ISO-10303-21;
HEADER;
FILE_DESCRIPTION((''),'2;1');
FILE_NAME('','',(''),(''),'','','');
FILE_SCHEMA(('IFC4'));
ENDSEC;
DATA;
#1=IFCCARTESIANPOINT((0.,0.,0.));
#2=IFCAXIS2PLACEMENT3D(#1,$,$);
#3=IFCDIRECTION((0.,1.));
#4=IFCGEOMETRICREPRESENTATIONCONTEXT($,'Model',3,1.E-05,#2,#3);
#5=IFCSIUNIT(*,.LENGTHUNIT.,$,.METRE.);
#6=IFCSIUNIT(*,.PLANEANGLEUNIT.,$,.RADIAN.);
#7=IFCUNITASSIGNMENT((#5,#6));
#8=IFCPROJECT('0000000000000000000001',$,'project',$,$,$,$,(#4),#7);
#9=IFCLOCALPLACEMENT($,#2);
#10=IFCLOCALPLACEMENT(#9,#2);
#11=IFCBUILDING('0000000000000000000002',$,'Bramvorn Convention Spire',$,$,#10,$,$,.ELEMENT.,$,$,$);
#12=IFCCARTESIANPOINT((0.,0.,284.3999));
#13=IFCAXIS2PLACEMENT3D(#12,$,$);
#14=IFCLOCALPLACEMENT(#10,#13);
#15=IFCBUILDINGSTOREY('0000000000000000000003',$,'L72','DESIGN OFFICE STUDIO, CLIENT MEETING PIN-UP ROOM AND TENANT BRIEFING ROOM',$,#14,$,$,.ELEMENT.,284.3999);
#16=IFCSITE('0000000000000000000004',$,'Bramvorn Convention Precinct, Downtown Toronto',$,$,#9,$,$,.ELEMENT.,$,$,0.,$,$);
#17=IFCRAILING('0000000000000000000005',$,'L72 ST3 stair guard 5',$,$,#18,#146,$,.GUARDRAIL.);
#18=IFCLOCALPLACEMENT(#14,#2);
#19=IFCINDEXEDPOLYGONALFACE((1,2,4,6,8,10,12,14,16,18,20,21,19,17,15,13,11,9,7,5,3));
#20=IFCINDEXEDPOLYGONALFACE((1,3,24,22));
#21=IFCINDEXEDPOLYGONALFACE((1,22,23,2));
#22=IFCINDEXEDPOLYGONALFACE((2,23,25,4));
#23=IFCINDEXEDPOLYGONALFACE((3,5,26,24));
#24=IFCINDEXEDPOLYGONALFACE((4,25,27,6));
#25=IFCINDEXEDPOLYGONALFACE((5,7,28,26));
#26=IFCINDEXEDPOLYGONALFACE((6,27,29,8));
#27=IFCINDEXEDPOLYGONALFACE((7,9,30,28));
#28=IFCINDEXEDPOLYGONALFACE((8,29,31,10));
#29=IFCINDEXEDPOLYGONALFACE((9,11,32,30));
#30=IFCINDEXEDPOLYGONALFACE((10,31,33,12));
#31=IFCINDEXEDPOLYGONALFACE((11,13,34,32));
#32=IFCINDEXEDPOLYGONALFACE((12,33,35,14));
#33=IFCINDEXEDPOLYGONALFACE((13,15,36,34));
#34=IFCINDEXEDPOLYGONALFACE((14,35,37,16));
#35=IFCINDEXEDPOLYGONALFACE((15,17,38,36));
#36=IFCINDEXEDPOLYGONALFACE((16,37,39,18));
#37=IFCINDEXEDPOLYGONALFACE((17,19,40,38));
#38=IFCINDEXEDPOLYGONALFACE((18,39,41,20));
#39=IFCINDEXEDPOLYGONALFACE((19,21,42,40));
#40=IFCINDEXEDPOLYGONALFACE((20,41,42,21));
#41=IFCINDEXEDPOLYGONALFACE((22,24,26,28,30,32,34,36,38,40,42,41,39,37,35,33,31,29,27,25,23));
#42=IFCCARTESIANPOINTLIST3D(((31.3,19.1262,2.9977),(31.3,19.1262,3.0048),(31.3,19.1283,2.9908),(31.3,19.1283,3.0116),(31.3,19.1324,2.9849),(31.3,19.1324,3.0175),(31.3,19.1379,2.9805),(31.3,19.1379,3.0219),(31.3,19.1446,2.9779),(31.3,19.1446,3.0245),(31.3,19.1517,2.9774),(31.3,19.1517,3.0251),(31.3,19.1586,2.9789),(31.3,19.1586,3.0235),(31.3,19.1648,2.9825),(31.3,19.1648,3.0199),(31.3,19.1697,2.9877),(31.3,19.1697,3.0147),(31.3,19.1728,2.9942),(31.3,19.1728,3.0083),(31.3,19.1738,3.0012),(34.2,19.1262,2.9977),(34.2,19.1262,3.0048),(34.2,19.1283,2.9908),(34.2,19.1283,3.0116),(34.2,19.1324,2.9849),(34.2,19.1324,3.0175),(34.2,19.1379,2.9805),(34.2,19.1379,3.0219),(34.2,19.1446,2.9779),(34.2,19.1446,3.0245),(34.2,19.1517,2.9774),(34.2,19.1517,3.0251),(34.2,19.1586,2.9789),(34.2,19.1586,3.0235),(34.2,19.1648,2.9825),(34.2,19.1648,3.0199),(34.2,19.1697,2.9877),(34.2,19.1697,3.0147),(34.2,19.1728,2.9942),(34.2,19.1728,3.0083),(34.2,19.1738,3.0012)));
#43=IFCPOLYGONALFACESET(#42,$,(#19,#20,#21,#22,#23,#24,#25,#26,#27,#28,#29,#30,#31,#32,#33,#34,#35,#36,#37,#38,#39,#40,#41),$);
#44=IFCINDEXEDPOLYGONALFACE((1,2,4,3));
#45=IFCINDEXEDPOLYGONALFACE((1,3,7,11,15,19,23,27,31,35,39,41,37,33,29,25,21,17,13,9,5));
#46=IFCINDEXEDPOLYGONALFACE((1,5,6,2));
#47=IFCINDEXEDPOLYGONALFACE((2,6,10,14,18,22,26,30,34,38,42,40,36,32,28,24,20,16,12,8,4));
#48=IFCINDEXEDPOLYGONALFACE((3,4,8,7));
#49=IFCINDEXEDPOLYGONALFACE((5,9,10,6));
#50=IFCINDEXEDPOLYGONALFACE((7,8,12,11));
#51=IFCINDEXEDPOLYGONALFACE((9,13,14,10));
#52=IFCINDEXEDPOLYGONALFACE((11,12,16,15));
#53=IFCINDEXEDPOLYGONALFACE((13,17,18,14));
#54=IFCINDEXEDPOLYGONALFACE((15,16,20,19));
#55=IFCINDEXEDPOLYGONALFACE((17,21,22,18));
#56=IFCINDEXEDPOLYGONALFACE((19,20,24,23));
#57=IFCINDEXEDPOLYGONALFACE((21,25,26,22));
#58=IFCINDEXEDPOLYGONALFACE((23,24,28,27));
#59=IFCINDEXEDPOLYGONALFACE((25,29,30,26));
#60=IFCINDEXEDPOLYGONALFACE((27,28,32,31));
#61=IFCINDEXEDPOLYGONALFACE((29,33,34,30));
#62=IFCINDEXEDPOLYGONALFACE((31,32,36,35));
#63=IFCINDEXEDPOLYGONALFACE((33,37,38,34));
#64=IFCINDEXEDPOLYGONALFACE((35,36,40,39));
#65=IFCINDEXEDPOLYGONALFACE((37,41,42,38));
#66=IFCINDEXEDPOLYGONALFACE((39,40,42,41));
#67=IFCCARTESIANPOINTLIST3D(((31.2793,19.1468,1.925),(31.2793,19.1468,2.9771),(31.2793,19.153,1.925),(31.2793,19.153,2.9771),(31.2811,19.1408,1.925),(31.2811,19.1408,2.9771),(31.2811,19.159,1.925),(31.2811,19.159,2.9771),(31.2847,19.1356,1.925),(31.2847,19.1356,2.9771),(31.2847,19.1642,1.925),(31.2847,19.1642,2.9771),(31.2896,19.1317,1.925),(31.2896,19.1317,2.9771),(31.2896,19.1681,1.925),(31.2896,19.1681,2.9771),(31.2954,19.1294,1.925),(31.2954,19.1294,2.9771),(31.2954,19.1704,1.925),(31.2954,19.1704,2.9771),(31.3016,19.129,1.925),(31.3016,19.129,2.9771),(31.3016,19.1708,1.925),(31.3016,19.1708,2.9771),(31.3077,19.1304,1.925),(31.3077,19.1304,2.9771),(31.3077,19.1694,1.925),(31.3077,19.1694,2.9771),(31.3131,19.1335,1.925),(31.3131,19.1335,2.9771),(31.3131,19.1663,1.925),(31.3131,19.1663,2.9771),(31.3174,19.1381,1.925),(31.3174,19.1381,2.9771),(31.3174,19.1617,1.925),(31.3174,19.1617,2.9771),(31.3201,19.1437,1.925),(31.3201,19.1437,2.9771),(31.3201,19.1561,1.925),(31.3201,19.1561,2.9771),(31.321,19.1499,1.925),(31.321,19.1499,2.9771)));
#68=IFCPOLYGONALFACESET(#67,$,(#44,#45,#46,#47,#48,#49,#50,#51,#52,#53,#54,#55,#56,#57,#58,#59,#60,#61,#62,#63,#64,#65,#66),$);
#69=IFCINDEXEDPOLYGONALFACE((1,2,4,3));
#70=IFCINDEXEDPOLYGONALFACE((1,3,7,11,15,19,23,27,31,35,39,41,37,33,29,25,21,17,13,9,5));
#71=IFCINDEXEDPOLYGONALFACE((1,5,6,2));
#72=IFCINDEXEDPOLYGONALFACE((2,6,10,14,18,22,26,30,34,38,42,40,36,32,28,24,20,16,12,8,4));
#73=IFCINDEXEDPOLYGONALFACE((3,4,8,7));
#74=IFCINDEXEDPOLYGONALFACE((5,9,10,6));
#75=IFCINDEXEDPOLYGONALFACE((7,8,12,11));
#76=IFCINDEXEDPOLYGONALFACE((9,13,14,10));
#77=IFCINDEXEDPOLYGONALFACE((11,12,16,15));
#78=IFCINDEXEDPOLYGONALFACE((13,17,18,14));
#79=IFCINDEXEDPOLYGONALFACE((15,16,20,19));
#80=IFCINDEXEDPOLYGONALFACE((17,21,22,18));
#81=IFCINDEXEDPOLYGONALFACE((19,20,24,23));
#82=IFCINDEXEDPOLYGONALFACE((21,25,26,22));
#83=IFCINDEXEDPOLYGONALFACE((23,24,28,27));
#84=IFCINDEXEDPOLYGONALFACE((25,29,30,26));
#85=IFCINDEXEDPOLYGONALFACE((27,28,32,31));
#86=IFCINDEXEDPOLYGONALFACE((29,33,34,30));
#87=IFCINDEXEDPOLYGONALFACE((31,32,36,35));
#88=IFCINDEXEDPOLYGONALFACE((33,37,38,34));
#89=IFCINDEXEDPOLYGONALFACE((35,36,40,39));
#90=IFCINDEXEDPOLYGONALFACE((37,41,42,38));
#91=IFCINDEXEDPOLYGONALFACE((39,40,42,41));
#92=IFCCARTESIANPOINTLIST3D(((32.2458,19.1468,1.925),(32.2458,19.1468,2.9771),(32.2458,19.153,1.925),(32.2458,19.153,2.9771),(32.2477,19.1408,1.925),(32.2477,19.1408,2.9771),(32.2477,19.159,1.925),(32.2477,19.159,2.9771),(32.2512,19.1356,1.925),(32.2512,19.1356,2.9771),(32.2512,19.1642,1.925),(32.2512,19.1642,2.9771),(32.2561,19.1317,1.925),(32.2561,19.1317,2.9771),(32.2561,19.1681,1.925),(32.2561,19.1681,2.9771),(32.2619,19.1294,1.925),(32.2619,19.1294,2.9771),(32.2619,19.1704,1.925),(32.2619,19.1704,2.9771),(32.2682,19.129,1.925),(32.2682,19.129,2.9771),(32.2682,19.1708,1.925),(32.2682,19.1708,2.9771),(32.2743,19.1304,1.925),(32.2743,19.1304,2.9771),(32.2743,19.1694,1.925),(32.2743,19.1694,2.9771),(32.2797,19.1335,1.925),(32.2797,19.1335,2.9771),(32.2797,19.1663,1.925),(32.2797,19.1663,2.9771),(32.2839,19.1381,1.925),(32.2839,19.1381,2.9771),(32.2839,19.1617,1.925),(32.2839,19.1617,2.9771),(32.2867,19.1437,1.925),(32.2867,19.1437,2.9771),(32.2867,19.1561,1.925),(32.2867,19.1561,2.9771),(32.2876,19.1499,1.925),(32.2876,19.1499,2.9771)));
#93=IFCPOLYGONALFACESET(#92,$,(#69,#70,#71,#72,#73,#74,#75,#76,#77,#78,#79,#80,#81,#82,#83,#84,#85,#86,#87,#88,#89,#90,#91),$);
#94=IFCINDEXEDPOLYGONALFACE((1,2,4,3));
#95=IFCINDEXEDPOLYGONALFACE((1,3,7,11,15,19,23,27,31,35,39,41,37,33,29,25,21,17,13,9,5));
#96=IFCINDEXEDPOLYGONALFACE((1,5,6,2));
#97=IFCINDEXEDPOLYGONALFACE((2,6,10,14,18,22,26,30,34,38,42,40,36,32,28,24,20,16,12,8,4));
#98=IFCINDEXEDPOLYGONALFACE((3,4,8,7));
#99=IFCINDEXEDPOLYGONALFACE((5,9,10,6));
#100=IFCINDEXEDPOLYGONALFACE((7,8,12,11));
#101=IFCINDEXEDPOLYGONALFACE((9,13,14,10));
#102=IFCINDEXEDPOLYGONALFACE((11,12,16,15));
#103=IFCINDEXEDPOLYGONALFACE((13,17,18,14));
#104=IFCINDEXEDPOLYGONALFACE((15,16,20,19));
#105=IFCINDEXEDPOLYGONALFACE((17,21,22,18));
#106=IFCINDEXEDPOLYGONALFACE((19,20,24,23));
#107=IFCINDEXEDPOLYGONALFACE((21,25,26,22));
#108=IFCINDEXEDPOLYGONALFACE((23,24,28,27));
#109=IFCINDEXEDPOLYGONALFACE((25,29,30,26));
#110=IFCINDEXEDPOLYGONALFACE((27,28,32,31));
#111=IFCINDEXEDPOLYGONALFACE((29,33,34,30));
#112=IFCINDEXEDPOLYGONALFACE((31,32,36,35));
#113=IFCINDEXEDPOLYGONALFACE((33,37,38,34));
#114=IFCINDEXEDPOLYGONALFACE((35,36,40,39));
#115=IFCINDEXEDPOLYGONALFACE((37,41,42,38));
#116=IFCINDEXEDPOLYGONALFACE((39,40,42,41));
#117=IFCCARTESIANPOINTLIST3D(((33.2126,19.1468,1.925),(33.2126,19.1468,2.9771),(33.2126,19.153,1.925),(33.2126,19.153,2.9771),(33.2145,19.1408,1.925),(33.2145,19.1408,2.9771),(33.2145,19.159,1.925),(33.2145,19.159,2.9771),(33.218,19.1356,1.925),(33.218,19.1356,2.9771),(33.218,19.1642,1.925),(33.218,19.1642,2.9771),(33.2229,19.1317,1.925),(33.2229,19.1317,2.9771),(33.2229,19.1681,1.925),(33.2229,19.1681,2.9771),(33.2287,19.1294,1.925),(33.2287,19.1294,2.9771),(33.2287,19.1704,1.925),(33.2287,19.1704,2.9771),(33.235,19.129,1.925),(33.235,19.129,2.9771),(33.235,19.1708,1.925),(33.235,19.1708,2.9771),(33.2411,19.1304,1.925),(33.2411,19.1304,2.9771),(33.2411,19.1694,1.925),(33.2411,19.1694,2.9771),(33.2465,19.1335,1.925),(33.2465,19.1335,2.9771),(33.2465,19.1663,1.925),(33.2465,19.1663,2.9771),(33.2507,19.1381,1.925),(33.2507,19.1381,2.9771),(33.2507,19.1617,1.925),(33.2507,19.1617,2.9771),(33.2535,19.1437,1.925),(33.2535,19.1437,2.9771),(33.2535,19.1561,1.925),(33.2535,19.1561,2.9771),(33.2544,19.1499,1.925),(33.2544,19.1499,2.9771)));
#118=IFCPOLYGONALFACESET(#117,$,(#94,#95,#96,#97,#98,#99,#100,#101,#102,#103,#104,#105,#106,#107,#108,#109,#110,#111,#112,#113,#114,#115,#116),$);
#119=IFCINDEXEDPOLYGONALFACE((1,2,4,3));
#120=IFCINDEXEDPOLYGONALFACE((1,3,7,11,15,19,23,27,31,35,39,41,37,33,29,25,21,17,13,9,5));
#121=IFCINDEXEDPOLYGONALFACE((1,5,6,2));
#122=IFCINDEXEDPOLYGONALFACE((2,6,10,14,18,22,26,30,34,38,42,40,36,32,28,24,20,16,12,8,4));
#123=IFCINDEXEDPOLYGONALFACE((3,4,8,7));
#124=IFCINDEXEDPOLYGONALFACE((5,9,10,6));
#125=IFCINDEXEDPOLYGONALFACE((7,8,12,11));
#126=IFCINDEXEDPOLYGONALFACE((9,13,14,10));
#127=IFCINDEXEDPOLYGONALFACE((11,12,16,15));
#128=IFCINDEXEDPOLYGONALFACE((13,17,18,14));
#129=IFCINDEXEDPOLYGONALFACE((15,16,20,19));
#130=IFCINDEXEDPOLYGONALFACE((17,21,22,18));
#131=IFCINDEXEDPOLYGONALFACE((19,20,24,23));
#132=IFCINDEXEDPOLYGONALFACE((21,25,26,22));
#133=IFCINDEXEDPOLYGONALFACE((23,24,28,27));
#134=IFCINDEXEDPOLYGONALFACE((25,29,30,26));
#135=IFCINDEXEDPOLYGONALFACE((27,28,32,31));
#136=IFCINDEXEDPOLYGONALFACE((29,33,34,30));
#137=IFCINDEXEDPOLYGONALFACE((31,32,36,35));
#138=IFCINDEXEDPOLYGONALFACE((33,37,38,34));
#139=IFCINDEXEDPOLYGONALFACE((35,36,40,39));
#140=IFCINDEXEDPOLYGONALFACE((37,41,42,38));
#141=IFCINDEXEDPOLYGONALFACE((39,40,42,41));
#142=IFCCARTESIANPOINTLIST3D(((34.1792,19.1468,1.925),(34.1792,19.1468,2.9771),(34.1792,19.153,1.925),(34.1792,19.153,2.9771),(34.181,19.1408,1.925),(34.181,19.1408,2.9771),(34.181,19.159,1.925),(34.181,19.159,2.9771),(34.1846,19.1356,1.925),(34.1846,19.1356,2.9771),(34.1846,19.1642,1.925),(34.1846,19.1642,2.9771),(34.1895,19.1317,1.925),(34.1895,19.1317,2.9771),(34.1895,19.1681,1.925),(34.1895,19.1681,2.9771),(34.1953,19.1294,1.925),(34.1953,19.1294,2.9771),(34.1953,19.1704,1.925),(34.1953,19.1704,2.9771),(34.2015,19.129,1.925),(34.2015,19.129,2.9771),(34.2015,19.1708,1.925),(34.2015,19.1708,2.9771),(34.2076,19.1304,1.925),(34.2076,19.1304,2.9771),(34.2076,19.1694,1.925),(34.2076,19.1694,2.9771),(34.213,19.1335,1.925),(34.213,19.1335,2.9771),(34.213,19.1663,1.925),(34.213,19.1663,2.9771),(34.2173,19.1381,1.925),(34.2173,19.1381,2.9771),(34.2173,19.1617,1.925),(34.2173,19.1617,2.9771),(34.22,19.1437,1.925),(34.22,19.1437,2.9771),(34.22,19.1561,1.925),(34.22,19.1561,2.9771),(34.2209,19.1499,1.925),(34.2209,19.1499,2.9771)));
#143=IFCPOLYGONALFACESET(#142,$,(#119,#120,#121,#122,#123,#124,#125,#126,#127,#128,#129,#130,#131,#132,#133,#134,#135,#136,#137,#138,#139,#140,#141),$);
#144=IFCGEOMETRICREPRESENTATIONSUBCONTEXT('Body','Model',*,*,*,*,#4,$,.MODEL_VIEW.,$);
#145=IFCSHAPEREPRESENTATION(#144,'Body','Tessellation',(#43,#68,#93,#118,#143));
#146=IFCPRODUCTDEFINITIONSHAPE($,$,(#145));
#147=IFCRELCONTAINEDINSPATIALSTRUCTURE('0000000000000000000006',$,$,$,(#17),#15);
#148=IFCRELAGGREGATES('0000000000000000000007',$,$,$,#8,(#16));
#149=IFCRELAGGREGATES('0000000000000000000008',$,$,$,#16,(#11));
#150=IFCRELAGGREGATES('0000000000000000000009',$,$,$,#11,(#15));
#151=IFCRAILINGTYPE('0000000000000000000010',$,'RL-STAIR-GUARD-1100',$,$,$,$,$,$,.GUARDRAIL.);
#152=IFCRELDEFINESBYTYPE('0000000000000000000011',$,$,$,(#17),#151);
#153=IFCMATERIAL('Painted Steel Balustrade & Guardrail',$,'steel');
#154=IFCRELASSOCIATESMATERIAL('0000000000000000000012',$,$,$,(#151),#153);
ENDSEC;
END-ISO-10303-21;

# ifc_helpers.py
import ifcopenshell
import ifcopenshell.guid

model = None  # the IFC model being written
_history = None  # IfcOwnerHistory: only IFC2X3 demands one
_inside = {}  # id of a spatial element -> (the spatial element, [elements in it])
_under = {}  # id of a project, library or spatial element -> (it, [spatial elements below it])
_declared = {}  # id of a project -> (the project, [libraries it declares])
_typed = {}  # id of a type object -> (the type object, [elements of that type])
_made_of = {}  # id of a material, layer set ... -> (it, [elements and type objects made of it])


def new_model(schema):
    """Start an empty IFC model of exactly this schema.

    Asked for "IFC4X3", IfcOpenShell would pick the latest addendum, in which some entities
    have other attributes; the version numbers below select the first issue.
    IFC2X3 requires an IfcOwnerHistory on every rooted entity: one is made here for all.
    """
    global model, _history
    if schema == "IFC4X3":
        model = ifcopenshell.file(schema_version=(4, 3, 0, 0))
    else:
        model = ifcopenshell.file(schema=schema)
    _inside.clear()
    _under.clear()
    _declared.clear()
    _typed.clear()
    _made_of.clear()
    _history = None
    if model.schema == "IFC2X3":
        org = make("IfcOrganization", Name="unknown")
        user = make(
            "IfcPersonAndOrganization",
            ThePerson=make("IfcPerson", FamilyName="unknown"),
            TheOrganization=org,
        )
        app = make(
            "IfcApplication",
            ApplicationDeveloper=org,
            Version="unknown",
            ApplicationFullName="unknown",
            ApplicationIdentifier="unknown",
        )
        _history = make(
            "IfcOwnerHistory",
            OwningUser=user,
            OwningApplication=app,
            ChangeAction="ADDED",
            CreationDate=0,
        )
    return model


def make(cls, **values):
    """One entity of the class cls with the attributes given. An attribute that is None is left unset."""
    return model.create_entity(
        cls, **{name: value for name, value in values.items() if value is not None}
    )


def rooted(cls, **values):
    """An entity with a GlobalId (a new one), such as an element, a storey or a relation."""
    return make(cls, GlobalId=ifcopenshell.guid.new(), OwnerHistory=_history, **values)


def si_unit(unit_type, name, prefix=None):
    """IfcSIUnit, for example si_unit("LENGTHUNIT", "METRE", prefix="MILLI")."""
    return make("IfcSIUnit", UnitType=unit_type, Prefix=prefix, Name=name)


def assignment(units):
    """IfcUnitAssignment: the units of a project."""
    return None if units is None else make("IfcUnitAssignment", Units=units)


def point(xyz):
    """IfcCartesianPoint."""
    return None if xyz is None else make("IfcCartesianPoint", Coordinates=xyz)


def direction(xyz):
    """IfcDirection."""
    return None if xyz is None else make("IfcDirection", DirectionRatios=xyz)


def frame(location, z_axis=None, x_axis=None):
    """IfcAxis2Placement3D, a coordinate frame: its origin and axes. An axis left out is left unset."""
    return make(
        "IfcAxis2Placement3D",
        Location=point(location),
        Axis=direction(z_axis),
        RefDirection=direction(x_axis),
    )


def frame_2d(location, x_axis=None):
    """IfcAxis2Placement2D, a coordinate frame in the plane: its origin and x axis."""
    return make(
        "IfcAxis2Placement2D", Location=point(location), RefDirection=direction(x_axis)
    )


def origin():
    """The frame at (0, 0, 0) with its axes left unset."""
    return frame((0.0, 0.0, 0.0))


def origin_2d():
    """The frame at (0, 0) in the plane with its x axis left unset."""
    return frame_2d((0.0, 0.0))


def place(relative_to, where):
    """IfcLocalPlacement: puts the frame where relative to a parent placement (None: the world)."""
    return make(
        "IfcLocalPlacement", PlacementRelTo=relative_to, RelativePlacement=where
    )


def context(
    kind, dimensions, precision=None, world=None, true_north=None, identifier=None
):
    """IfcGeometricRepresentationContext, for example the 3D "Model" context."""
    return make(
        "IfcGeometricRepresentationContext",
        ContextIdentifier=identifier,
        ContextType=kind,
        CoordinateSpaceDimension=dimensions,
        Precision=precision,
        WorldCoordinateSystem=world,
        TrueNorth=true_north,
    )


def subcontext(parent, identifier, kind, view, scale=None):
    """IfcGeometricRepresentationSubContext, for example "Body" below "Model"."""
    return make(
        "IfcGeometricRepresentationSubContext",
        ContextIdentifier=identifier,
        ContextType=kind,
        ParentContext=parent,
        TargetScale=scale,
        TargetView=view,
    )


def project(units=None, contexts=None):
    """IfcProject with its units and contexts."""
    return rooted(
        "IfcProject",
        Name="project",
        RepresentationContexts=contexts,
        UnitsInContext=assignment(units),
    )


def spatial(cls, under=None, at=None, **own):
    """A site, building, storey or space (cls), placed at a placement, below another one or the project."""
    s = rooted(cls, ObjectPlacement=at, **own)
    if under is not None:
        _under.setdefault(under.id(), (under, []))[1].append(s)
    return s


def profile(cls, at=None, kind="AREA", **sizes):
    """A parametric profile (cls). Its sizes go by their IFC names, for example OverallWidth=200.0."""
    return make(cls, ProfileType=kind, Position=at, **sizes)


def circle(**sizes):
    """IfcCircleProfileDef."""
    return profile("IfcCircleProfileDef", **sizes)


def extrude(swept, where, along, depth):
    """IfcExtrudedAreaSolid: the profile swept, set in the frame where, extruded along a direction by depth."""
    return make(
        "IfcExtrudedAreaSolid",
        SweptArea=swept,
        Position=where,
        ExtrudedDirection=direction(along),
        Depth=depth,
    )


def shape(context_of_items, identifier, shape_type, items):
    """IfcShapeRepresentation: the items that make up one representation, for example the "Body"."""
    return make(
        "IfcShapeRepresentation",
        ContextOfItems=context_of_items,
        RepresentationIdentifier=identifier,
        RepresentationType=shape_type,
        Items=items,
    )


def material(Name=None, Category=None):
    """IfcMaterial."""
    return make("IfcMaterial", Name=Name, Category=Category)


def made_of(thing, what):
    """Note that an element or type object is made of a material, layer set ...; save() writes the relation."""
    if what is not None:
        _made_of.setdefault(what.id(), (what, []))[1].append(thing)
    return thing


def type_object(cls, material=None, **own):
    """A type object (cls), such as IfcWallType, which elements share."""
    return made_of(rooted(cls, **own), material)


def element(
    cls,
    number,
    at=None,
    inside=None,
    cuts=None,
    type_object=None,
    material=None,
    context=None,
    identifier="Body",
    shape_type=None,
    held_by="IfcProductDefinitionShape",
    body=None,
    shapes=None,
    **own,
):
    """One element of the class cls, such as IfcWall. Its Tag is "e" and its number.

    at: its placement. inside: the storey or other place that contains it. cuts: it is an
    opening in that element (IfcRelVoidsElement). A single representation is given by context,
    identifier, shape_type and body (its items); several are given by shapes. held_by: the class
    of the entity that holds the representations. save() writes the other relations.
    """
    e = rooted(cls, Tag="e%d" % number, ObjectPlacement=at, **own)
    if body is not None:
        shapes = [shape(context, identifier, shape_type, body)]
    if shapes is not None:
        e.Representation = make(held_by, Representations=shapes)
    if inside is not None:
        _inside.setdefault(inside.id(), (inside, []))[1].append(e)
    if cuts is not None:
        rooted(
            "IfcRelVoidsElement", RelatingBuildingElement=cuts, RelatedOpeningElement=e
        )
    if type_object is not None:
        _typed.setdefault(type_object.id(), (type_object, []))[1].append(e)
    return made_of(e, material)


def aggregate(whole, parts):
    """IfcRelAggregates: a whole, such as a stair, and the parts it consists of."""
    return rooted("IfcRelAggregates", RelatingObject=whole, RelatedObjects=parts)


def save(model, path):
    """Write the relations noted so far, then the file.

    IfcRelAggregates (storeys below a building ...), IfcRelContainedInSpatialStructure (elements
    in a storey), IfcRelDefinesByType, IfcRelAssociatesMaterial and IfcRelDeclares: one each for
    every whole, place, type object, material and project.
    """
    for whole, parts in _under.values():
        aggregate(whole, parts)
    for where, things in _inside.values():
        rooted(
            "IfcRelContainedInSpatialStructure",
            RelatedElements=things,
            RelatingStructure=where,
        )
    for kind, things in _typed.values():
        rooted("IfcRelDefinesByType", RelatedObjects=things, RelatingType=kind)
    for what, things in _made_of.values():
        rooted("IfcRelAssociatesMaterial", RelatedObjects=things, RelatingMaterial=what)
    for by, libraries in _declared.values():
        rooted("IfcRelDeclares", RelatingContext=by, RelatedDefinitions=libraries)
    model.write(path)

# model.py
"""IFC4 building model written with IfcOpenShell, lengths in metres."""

from ifc_helpers import new_model, si_unit, direction, frame, origin, origin_2d, place, context, subcontext, project, spatial, circle, extrude, material, type_object, element, save


model = new_model("IFC4")

# Units and contexts
model_context = context("Model", 3, precision=1e-05, world=origin(), true_north=direction((0.0, 1.0)))
body_context = subcontext(model_context, "Body", "Model", "MODEL_VIEW")
ifc_project = project(units=[si_unit("LENGTHUNIT", "METRE"), si_unit("PLANEANGLEUNIT", "RADIAN")], contexts=[model_context])

# Site, building, storey
site_placement = place(None, origin())
site = spatial("IfcSite", under=ifc_project, at=site_placement, Name="Bramvorn Convention Precinct, Downtown Toronto", CompositionType="ELEMENT", RefElevation=0.0)
building_placement = place(site_placement, origin())
building = spatial("IfcBuilding", under=site, at=building_placement, Name="Bramvorn Convention Spire", CompositionType="ELEMENT")
storey_placement = place(building_placement, frame((0.0, 0.0, 284.3999)))
storey = spatial("IfcBuildingStorey", under=building, at=storey_placement, Name="L72", Description="DESIGN OFFICE STUDIO, CLIENT MEETING PIN-UP ROOM AND TENANT BRIEFING ROOM", CompositionType="ELEMENT", Elevation=284.3999)

# Railing
ifc_material_1 = material(Name="Painted Steel Balustrade & Guardrail", Category="steel")
railing_type_1 = type_object("IfcRailingType", Name="RL-STAIR-GUARD-1100", PredefinedType="GUARDRAIL", material=ifc_material_1)
railing_1_placement = place(storey_placement, frame((31.3, 19.1499, 1.925)))
element("IfcRailing", 1, at=railing_1_placement, inside=storey, type_object=railing_type_1, Name="L72 ST3 stair guard 5", PredefinedType="GUARDRAIL", context=body_context, shape_type="SweptSolid", body=[
    extrude(circle(Radius=0.0239, at=origin_2d()), frame((0.0, 0.0, 1.0762), z_axis=(1.0, 0.0, 0.0), x_axis=(0.0, 1.0, 0.0)), (0.0, 0.0, 1.0), 2.8999),
    extrude(circle(Radius=0.021, at=origin_2d()), origin(), (0.0, 0.0, 1.0), 1.052),
    extrude(circle(Radius=0.021, at=origin_2d()), frame((0.9666, 0.0, 0.0)), (0.0, 0.0, 1.0), 1.052),
    extrude(circle(Radius=0.021, at=origin_2d()), frame((1.9333, 0.0, 0.0)), (0.0, 0.0, 1.0), 1.052),
    extrude(circle(Radius=0.021, at=origin_2d()), frame((2.8999, 0.0, 0.0)), (0.0, 0.0, 1.0), 1.052),
])

save(model, "model.ifc")
